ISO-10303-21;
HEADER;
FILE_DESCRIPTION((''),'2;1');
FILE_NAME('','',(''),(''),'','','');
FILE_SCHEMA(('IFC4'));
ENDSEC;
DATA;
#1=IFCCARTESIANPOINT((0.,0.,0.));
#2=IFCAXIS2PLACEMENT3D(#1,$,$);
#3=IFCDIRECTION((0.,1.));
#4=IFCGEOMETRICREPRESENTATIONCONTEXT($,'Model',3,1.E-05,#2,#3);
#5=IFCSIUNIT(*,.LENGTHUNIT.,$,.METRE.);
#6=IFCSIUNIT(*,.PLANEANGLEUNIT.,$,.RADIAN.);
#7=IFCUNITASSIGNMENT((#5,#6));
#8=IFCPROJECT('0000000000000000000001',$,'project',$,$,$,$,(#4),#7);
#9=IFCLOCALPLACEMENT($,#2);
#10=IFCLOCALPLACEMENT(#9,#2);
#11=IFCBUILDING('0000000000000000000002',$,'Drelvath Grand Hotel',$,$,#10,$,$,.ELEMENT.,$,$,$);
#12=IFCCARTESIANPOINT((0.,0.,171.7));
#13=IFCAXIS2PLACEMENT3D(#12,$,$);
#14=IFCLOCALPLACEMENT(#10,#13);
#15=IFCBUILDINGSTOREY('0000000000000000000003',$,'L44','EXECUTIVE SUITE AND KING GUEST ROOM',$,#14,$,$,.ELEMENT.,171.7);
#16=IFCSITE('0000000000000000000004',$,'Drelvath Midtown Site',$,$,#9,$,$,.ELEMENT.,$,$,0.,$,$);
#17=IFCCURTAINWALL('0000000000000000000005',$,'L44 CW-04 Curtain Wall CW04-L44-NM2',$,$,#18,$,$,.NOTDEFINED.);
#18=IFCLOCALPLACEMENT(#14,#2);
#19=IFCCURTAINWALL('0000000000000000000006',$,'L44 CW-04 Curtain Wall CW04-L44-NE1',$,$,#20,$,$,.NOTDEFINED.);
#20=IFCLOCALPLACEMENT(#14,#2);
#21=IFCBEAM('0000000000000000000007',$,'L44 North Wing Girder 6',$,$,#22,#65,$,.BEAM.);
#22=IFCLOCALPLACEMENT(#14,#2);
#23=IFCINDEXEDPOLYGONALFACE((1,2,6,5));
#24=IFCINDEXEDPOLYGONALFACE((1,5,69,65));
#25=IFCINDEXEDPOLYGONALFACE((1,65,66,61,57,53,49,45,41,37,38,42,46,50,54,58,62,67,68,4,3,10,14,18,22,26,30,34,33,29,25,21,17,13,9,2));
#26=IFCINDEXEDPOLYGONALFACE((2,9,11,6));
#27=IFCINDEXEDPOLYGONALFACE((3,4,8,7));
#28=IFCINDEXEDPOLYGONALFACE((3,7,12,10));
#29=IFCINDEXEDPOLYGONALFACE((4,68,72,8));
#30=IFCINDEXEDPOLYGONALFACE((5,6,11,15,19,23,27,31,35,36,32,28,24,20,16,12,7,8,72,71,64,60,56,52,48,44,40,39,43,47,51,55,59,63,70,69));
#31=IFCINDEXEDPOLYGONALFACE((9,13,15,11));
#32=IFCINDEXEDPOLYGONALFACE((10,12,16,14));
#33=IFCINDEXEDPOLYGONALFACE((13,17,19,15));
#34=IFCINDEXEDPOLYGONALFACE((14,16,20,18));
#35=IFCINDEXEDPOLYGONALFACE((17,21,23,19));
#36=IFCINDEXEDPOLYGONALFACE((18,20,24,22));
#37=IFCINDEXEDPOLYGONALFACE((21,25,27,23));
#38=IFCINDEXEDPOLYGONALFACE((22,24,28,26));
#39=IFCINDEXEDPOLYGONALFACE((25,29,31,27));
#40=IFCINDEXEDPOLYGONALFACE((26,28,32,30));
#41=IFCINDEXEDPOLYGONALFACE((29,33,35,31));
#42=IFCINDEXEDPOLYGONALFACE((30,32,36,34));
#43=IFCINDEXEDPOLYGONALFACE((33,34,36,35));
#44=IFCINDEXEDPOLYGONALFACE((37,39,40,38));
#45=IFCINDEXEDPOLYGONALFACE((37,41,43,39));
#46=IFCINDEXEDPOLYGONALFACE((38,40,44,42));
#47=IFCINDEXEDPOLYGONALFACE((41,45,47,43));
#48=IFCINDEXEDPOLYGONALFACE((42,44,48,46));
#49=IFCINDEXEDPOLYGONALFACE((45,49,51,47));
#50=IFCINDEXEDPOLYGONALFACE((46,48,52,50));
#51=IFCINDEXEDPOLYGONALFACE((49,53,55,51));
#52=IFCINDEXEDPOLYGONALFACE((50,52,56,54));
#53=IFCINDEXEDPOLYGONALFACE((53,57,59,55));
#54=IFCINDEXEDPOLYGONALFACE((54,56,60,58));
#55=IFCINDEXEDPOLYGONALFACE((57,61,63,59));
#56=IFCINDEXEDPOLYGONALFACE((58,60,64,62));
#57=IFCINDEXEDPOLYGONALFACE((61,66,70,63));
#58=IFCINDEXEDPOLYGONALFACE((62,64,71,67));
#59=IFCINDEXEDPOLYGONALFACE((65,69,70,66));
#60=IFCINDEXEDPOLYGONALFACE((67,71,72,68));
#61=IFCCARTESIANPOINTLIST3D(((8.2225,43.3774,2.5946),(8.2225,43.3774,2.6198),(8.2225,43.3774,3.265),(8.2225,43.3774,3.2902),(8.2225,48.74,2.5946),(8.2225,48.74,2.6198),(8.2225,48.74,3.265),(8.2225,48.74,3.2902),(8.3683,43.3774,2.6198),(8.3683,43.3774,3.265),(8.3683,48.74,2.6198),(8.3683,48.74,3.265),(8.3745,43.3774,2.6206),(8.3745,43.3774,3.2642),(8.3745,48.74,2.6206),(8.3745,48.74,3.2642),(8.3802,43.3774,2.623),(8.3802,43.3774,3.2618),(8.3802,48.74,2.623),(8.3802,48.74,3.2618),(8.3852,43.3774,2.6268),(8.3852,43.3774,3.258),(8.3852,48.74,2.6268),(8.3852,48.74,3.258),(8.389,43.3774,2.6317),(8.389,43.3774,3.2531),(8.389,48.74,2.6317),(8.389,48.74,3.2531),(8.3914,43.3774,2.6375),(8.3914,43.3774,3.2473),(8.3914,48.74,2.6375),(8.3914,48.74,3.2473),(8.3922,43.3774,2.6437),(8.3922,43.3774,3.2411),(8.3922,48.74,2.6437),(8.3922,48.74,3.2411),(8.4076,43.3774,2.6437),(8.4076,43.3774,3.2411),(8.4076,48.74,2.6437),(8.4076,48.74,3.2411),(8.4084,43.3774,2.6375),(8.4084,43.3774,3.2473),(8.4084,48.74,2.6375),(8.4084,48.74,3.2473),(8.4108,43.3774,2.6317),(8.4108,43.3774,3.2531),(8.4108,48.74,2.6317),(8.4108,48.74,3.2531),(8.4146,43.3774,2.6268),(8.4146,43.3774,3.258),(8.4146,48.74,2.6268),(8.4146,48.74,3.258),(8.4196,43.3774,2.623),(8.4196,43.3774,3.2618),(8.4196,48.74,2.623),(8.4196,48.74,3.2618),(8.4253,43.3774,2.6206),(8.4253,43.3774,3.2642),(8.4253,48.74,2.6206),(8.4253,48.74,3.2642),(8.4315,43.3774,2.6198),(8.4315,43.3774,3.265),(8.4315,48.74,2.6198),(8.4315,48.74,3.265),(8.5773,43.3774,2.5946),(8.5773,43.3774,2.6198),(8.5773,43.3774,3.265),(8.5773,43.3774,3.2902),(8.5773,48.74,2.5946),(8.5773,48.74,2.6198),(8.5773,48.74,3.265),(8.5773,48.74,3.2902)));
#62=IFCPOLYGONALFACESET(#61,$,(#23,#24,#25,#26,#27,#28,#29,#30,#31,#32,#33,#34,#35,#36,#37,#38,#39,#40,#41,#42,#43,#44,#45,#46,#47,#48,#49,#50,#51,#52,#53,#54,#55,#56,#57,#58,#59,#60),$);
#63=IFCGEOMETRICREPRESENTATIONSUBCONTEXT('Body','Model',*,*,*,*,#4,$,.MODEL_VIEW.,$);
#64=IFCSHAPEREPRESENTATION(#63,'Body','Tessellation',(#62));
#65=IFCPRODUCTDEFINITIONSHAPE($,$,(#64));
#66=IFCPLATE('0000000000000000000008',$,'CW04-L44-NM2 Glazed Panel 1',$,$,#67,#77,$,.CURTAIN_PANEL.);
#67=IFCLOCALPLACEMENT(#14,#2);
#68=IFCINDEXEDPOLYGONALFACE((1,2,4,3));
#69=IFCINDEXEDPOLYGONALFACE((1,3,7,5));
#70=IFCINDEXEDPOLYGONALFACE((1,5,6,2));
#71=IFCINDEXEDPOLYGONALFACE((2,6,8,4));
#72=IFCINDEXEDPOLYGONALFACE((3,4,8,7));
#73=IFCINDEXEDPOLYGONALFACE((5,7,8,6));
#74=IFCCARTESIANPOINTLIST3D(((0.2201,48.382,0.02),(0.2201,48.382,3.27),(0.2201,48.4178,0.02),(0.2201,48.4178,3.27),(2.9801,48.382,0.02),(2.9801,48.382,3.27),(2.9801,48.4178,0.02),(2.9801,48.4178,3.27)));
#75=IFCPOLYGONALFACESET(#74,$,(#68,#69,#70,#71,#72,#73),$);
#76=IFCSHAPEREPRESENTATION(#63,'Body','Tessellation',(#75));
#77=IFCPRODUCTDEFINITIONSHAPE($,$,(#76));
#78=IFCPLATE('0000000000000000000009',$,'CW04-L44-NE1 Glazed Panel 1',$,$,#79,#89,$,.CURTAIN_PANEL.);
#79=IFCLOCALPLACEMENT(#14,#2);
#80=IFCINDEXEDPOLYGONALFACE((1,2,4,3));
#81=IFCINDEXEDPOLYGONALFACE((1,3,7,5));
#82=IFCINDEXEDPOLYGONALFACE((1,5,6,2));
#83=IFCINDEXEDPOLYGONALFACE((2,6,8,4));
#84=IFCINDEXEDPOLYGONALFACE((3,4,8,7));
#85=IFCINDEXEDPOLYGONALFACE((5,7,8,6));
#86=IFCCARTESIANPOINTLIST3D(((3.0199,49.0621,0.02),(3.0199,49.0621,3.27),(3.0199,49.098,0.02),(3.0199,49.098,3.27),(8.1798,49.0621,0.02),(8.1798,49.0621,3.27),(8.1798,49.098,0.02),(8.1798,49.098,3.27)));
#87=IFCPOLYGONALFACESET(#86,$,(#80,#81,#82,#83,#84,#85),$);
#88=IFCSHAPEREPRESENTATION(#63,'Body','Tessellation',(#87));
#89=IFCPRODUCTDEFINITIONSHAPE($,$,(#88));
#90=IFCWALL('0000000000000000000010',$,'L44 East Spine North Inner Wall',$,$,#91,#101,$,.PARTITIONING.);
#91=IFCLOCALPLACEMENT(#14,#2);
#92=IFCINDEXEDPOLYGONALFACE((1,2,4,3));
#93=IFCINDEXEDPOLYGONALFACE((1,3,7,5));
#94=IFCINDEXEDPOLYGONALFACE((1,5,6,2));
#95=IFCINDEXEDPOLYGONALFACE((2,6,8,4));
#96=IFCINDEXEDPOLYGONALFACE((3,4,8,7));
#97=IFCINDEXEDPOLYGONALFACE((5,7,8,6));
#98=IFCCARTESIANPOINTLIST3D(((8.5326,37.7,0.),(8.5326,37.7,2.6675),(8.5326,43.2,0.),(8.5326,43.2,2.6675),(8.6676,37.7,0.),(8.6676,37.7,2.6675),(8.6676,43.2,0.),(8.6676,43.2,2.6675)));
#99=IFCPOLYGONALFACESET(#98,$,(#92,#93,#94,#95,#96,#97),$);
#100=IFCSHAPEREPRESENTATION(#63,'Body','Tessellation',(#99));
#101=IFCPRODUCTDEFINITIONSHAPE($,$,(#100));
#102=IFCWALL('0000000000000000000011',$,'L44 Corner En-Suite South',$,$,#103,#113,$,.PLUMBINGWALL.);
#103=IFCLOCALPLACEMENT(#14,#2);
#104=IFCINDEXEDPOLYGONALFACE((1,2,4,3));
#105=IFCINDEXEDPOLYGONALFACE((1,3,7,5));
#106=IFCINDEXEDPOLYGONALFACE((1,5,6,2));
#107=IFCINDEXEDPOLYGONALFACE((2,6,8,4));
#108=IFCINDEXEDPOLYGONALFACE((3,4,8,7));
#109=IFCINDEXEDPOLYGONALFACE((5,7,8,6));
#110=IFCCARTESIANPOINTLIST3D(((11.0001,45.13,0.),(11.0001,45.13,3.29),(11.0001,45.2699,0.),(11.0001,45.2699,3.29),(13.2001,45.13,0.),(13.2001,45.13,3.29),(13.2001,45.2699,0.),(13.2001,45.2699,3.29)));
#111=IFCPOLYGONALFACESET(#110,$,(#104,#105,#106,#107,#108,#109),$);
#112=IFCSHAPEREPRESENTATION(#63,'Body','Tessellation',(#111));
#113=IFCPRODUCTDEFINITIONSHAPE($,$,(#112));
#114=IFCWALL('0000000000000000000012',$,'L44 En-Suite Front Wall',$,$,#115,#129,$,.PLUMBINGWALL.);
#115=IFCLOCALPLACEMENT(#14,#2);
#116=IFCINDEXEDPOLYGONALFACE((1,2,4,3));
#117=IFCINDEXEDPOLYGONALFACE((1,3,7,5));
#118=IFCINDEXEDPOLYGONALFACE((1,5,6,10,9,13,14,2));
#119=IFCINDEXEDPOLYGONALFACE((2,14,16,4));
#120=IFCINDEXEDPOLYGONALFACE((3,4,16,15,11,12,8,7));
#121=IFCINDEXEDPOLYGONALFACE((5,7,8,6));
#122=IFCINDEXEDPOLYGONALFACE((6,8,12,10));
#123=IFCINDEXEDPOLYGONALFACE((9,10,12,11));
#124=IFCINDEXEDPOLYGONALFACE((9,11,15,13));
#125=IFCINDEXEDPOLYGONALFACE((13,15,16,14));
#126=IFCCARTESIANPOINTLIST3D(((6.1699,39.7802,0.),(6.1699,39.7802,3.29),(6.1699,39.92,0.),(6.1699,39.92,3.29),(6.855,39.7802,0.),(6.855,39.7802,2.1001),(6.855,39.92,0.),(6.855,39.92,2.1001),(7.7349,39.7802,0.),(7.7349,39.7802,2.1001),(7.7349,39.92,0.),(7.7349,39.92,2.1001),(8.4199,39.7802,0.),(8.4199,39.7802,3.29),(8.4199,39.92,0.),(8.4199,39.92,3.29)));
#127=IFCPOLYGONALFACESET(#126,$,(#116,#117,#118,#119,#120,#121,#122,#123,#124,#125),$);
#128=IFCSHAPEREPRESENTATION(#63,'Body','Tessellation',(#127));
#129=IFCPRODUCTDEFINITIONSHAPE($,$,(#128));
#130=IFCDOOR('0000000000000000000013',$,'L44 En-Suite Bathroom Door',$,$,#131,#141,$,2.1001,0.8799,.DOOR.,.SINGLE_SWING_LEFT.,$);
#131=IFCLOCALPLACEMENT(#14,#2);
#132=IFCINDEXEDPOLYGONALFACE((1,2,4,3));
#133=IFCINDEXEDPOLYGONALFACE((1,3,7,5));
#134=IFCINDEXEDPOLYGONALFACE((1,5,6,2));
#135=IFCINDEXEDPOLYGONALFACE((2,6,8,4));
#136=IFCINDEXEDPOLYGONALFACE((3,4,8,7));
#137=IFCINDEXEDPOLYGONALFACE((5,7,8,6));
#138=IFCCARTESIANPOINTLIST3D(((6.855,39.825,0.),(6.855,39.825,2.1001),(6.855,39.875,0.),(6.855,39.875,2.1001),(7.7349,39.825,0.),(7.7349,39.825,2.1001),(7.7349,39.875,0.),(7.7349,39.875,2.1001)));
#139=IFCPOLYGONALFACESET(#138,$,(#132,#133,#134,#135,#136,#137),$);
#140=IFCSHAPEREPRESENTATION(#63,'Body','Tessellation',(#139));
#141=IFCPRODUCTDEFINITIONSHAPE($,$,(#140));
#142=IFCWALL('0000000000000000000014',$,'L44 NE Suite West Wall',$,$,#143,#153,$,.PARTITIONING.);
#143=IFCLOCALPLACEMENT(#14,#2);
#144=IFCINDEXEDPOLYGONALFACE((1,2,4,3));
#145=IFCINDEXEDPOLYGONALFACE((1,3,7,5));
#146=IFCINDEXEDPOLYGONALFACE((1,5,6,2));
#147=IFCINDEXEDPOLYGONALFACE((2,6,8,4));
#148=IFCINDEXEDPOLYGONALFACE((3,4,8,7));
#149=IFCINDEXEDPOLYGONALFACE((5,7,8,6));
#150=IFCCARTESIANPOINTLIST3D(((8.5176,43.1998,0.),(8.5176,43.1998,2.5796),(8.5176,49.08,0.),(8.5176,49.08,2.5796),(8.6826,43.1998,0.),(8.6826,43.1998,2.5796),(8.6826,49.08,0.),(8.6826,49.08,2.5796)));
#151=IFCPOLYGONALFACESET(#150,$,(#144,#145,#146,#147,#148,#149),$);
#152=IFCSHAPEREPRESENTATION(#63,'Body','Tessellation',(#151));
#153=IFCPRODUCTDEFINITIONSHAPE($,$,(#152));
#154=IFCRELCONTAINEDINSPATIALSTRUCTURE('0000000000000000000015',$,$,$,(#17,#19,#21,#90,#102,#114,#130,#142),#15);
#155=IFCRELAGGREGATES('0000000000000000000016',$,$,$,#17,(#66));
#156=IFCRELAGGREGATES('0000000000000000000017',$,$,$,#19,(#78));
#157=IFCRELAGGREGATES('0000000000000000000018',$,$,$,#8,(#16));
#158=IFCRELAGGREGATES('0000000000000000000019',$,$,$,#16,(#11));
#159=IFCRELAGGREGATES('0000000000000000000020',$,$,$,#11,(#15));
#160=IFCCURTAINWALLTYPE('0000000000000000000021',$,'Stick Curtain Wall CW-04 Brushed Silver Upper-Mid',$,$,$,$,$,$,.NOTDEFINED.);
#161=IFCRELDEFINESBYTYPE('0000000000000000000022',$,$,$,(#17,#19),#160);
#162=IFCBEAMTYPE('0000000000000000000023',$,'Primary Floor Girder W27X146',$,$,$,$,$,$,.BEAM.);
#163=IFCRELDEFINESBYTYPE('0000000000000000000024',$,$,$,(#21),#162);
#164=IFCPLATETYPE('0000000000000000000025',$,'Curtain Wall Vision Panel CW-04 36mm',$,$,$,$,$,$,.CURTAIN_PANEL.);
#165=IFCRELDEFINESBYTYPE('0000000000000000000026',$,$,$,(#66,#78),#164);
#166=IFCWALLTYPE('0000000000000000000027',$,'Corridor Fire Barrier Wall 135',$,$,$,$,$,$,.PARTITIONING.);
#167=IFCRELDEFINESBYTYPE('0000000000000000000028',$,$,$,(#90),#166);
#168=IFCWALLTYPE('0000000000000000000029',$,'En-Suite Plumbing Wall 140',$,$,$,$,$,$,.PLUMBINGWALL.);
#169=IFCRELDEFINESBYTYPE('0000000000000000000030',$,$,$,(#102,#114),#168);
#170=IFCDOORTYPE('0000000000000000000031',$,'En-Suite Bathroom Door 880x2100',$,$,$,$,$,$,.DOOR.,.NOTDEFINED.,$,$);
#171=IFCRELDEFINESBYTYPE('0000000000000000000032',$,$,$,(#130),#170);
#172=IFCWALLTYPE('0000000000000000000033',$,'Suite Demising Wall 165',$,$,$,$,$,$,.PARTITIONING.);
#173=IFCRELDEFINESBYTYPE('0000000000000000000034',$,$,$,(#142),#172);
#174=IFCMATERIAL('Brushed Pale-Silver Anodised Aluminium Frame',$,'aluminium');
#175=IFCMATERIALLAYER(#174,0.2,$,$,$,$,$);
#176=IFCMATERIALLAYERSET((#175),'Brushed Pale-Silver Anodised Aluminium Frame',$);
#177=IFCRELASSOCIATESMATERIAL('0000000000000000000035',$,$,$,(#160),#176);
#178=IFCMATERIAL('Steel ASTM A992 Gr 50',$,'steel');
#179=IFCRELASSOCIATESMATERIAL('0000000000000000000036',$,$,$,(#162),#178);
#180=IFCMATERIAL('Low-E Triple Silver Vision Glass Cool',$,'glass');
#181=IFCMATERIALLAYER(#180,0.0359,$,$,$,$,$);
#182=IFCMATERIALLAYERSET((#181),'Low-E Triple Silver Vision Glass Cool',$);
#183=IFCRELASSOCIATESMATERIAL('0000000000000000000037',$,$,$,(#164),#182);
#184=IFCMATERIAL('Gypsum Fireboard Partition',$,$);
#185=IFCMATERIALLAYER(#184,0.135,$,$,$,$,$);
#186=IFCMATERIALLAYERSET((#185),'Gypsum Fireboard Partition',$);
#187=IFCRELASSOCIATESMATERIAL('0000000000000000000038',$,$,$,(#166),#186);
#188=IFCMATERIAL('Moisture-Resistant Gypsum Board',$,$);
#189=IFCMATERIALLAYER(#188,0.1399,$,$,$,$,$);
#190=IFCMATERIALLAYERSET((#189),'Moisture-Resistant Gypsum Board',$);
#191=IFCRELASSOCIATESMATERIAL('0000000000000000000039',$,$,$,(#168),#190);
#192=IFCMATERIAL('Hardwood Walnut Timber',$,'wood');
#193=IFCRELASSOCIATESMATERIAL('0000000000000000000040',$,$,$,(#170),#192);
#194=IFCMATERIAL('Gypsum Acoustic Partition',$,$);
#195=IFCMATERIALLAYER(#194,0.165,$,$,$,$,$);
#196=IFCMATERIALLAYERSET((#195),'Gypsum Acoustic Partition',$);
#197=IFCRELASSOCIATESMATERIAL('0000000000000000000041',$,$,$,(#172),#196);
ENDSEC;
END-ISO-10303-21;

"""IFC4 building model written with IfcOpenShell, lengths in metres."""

from ifc_helpers import new_model, si_unit, direction, frame, frame_2d, origin, origin_2d, place, context, subcontext, project, spatial, rectangle, i_section, extrude, material, layer, layer_set, material_profile, profile_set, type_object, element, fill, aggregate, save


model = new_model("IFC4")

# Units and contexts
model_context = context("Model", 3, precision=1e-05, world=origin(), true_north=direction((0.0, 1.0)))
body_context = subcontext(model_context, "Body", "Model", "MODEL_VIEW")
ifc_project = project(units=[si_unit("LENGTHUNIT", "METRE"), si_unit("PLANEANGLEUNIT", "RADIAN")], contexts=[model_context])

# Site, building, storey
site_placement = place(None, origin())
site = spatial("IfcSite", under=ifc_project, at=site_placement, Name="Drelvath Midtown Site", CompositionType="ELEMENT", RefElevation=0.0)
building_placement = place(site_placement, origin())
building = spatial("IfcBuilding", under=site, at=building_placement, Name="Drelvath Grand Hotel", CompositionType="ELEMENT")
storey_placement = place(building_placement, frame((0.0, 0.0, 171.7)))
storey = spatial("IfcBuildingStorey", under=building, at=storey_placement, Name="L44", Description="EXECUTIVE SUITE AND KING GUEST ROOM", CompositionType="ELEMENT", Elevation=171.7)

# Curtain walls
ifc_material_1 = material(Name="Brushed Pale-Silver Anodised Aluminium Frame", Category="aluminium")
ifc_layer_1 = layer(ifc_material_1, 0.2)
ifc_layer_set_1 = layer_set([ifc_layer_1], Name="Brushed Pale-Silver Anodised Aluminium Frame")
curtain_wall_type = type_object("IfcCurtainWallType", Name="Stick Curtain Wall CW-04 Brushed Silver Upper-Mid", PredefinedType="NOTDEFINED", material=ifc_layer_set_1)
curtain_wall_1_placement = place(storey_placement, origin())
curtain_wall_1 = element("IfcCurtainWall", 1, at=curtain_wall_1_placement, inside=storey, type_object=curtain_wall_type, Name="L44 CW-04 Curtain Wall CW04-L44-NM2", PredefinedType="NOTDEFINED")
curtain_wall_2_placement = place(storey_placement, origin())
curtain_wall_2 = element("IfcCurtainWall", 2, at=curtain_wall_2_placement, inside=storey, type_object=curtain_wall_type, Name="L44 CW-04 Curtain Wall CW04-L44-NE1", PredefinedType="NOTDEFINED")

# Beam
ifc_material_2 = material(Name="Steel ASTM A992 Gr 50", Category="steel")
ifc_material_profile_1 = material_profile(ifc_material_2, i_section(OverallWidth=0.3547, OverallDepth=0.6956, WebThickness=0.0154, FlangeThickness=0.0251, FilletRadius=0.0239, at=origin_2d()), Name="W27X146")
ifc_profile_set_1 = profile_set([ifc_material_profile_1], Name="Steel ASTM A992 Gr 50")
beam_type_1 = type_object("IfcBeamType", Name="Primary Floor Girder W27X146", PredefinedType="BEAM", material=ifc_profile_set_1)
beam_1_placement = place(storey_placement, frame((8.3999, 43.3774, 2.9424), z_axis=(0.0, 1.0, 0.0), x_axis=(-1.0, 0.0, 0.0)))
element("IfcBeam", 3, at=beam_1_placement, inside=storey, type_object=beam_type_1, Name="L44 North Wing Girder 6", PredefinedType="BEAM", context=body_context, shape_type="SweptSolid", body=[
    extrude(i_section(OverallWidth=0.3547, OverallDepth=0.6956, WebThickness=0.0154, FlangeThickness=0.0251, FilletRadius=0.0239, at=origin_2d()), origin(), (0.0, 0.0, 1.0), 5.3625),
])

# Plates
ifc_material_3 = material(Name="Low-E Triple Silver Vision Glass Cool", Category="glass")
ifc_layer_2 = layer(ifc_material_3, 0.0359)
ifc_layer_set_2 = layer_set([ifc_layer_2], Name="Low-E Triple Silver Vision Glass Cool")
plate_type = type_object("IfcPlateType", Name="Curtain Wall Vision Panel CW-04 36mm", PredefinedType="CURTAIN_PANEL", material=ifc_layer_set_2)
plate_1_placement = place(storey_placement, frame((1.6001, 48.3999, 0.02), z_axis=(0.0, 0.0, 1.0), x_axis=(1.0, 0.0, 0.0)))
plate_1 = element("IfcPlate", 4, at=plate_1_placement, type_object=plate_type, Name="CW04-L44-NM2 Glazed Panel 1", PredefinedType="CURTAIN_PANEL", context=body_context, shape_type="SweptSolid", body=[
    extrude(rectangle(XDim=2.76, YDim=0.0359, at=origin_2d()), origin(), (0.0, 0.0, 1.0), 3.25),
])
aggregate(curtain_wall_1, [plate_1])
plate_2_placement = place(storey_placement, frame((5.5999, 49.0801, 0.02), z_axis=(0.0, 0.0, 1.0), x_axis=(1.0, 0.0, 0.0)))
plate_2 = element("IfcPlate", 5, at=plate_2_placement, type_object=plate_type, Name="CW04-L44-NE1 Glazed Panel 1", PredefinedType="CURTAIN_PANEL", context=body_context, shape_type="SweptSolid", body=[
    extrude(rectangle(XDim=5.1599, YDim=0.0359, at=origin_2d()), origin(), (0.0, 0.0, 1.0), 3.25),
])
aggregate(curtain_wall_2, [plate_2])

# Wall
ifc_material_4 = material(Name="Gypsum Fireboard Partition")
ifc_layer_3 = layer(ifc_material_4, 0.135)
ifc_layer_set_3 = layer_set([ifc_layer_3], Name="Gypsum Fireboard Partition")
wall_type_1 = type_object("IfcWallType", Name="Corridor Fire Barrier Wall 135", PredefinedType="PARTITIONING", material=ifc_layer_set_3)
wall_1_placement = place(storey_placement, frame((8.6001, 37.7, 0.0), z_axis=(0.0, 0.0, 1.0), x_axis=(0.0, 1.0, 0.0)))
element("IfcWall", 6, at=wall_1_placement, inside=storey, type_object=wall_type_1, Name="L44 East Spine North Inner Wall", PredefinedType="PARTITIONING", context=body_context, shape_type="SweptSolid", body=[
    extrude(rectangle(XDim=5.5, YDim=0.135, at=frame_2d((2.75, 0.0))), origin(), (0.0, 0.0, 1.0), 2.6675),
])

# Shared definitions
ifc_material_5 = material(Name="Hardwood Walnut Timber", Category="wood")

# Wall
ifc_material_6 = material(Name="Moisture-Resistant Gypsum Board")
ifc_layer_4 = layer(ifc_material_6, 0.1399)
ifc_layer_set_4 = layer_set([ifc_layer_4], Name="Moisture-Resistant Gypsum Board")
wall_type_2 = type_object("IfcWallType", Name="En-Suite Plumbing Wall 140", PredefinedType="PLUMBINGWALL", material=ifc_layer_set_4)
wall_2_placement = place(storey_placement, frame((11.0, 45.2, 0.0), z_axis=(0.0, 0.0, 1.0), x_axis=(1.0, 0.0, 0.0)))
element("IfcWall", 7, at=wall_2_placement, inside=storey, type_object=wall_type_2, Name="L44 Corner En-Suite South", PredefinedType="PLUMBINGWALL", context=body_context, shape_type="SweptSolid", body=[
    extrude(rectangle(XDim=2.2, YDim=0.1399, at=frame_2d((1.1001, 0.0))), origin(), (0.0, 0.0, 1.0), 3.29),
])

# Wall, opening, door
wall_3_placement = place(storey_placement, frame((6.1699, 39.8501, 0.0), z_axis=(0.0, 0.0, 1.0), x_axis=(1.0, 0.0, 0.0)))
wall_3 = element("IfcWall", 8, at=wall_3_placement, inside=storey, type_object=wall_type_2, Name="L44 En-Suite Front Wall", PredefinedType="PLUMBINGWALL", context=body_context, shape_type="SweptSolid", body=[
    extrude(rectangle(XDim=2.25, YDim=0.1399, at=frame_2d((1.125, 0.0))), origin(), (0.0, 0.0, 1.0), 3.29),
])
opening_1_placement = place(wall_3_placement, frame((0.6851, 0.0, 0.0)))
opening_1 = element("IfcOpeningElement", 9, at=opening_1_placement, cuts=wall_3, PredefinedType="OPENING", context=body_context, shape_type="SweptSolid", body=[
    extrude(rectangle(XDim=0.8799, YDim=2.1001, at=frame_2d((0.4399, 1.05))), frame((0.0, 0.0798, 0.0), z_axis=(0.0, -1.0, 0.0), x_axis=(1.0, 0.0, 0.0)), (0.0, 0.0, 1.0), 0.1599),
])
door_type_1 = type_object("IfcDoorType", Name="En-Suite Bathroom Door 880x2100", OperationType="NOTDEFINED", PredefinedType="DOOR", material=ifc_material_5)
door_1_placement = place(opening_1_placement, origin())
door_1 = element("IfcDoor", 10, at=door_1_placement, inside=storey, type_object=door_type_1, Name="L44 En-Suite Bathroom Door", OperationType="SINGLE_SWING_LEFT", OverallHeight=2.1001, OverallWidth=0.8799, PredefinedType="DOOR", context=body_context, shape_type="SweptSolid", body=[
    extrude(rectangle(XDim=0.8799, YDim=2.1001, at=frame_2d((0.4399, 1.05))), frame((0.0, 0.0249, 0.0), z_axis=(0.0, -1.0, 0.0), x_axis=(1.0, 0.0, 0.0)), (0.0, 0.0, 1.0), 0.05),
])
fill(opening_1, door_1)

# Wall
ifc_material_7 = material(Name="Gypsum Acoustic Partition")
ifc_layer_5 = layer(ifc_material_7, 0.165)
ifc_layer_set_5 = layer_set([ifc_layer_5], Name="Gypsum Acoustic Partition")
wall_type_3 = type_object("IfcWallType", Name="Suite Demising Wall 165", PredefinedType="PARTITIONING", material=ifc_layer_set_5)
wall_4_placement = place(storey_placement, frame((8.6001, 43.2, 0.0), z_axis=(0.0, 0.0, 1.0), x_axis=(0.0, 1.0, 0.0)))
element("IfcWall", 11, at=wall_4_placement, inside=storey, type_object=wall_type_3, Name="L44 NE Suite West Wall", PredefinedType="PARTITIONING", context=body_context, shape_type="SweptSolid", body=[
    extrude(rectangle(XDim=5.8801, YDim=0.165, at=frame_2d((2.9399, 0.0))), origin(), (0.0, 0.0, 1.0), 2.5796),
])

save(model, "model.ifc")
